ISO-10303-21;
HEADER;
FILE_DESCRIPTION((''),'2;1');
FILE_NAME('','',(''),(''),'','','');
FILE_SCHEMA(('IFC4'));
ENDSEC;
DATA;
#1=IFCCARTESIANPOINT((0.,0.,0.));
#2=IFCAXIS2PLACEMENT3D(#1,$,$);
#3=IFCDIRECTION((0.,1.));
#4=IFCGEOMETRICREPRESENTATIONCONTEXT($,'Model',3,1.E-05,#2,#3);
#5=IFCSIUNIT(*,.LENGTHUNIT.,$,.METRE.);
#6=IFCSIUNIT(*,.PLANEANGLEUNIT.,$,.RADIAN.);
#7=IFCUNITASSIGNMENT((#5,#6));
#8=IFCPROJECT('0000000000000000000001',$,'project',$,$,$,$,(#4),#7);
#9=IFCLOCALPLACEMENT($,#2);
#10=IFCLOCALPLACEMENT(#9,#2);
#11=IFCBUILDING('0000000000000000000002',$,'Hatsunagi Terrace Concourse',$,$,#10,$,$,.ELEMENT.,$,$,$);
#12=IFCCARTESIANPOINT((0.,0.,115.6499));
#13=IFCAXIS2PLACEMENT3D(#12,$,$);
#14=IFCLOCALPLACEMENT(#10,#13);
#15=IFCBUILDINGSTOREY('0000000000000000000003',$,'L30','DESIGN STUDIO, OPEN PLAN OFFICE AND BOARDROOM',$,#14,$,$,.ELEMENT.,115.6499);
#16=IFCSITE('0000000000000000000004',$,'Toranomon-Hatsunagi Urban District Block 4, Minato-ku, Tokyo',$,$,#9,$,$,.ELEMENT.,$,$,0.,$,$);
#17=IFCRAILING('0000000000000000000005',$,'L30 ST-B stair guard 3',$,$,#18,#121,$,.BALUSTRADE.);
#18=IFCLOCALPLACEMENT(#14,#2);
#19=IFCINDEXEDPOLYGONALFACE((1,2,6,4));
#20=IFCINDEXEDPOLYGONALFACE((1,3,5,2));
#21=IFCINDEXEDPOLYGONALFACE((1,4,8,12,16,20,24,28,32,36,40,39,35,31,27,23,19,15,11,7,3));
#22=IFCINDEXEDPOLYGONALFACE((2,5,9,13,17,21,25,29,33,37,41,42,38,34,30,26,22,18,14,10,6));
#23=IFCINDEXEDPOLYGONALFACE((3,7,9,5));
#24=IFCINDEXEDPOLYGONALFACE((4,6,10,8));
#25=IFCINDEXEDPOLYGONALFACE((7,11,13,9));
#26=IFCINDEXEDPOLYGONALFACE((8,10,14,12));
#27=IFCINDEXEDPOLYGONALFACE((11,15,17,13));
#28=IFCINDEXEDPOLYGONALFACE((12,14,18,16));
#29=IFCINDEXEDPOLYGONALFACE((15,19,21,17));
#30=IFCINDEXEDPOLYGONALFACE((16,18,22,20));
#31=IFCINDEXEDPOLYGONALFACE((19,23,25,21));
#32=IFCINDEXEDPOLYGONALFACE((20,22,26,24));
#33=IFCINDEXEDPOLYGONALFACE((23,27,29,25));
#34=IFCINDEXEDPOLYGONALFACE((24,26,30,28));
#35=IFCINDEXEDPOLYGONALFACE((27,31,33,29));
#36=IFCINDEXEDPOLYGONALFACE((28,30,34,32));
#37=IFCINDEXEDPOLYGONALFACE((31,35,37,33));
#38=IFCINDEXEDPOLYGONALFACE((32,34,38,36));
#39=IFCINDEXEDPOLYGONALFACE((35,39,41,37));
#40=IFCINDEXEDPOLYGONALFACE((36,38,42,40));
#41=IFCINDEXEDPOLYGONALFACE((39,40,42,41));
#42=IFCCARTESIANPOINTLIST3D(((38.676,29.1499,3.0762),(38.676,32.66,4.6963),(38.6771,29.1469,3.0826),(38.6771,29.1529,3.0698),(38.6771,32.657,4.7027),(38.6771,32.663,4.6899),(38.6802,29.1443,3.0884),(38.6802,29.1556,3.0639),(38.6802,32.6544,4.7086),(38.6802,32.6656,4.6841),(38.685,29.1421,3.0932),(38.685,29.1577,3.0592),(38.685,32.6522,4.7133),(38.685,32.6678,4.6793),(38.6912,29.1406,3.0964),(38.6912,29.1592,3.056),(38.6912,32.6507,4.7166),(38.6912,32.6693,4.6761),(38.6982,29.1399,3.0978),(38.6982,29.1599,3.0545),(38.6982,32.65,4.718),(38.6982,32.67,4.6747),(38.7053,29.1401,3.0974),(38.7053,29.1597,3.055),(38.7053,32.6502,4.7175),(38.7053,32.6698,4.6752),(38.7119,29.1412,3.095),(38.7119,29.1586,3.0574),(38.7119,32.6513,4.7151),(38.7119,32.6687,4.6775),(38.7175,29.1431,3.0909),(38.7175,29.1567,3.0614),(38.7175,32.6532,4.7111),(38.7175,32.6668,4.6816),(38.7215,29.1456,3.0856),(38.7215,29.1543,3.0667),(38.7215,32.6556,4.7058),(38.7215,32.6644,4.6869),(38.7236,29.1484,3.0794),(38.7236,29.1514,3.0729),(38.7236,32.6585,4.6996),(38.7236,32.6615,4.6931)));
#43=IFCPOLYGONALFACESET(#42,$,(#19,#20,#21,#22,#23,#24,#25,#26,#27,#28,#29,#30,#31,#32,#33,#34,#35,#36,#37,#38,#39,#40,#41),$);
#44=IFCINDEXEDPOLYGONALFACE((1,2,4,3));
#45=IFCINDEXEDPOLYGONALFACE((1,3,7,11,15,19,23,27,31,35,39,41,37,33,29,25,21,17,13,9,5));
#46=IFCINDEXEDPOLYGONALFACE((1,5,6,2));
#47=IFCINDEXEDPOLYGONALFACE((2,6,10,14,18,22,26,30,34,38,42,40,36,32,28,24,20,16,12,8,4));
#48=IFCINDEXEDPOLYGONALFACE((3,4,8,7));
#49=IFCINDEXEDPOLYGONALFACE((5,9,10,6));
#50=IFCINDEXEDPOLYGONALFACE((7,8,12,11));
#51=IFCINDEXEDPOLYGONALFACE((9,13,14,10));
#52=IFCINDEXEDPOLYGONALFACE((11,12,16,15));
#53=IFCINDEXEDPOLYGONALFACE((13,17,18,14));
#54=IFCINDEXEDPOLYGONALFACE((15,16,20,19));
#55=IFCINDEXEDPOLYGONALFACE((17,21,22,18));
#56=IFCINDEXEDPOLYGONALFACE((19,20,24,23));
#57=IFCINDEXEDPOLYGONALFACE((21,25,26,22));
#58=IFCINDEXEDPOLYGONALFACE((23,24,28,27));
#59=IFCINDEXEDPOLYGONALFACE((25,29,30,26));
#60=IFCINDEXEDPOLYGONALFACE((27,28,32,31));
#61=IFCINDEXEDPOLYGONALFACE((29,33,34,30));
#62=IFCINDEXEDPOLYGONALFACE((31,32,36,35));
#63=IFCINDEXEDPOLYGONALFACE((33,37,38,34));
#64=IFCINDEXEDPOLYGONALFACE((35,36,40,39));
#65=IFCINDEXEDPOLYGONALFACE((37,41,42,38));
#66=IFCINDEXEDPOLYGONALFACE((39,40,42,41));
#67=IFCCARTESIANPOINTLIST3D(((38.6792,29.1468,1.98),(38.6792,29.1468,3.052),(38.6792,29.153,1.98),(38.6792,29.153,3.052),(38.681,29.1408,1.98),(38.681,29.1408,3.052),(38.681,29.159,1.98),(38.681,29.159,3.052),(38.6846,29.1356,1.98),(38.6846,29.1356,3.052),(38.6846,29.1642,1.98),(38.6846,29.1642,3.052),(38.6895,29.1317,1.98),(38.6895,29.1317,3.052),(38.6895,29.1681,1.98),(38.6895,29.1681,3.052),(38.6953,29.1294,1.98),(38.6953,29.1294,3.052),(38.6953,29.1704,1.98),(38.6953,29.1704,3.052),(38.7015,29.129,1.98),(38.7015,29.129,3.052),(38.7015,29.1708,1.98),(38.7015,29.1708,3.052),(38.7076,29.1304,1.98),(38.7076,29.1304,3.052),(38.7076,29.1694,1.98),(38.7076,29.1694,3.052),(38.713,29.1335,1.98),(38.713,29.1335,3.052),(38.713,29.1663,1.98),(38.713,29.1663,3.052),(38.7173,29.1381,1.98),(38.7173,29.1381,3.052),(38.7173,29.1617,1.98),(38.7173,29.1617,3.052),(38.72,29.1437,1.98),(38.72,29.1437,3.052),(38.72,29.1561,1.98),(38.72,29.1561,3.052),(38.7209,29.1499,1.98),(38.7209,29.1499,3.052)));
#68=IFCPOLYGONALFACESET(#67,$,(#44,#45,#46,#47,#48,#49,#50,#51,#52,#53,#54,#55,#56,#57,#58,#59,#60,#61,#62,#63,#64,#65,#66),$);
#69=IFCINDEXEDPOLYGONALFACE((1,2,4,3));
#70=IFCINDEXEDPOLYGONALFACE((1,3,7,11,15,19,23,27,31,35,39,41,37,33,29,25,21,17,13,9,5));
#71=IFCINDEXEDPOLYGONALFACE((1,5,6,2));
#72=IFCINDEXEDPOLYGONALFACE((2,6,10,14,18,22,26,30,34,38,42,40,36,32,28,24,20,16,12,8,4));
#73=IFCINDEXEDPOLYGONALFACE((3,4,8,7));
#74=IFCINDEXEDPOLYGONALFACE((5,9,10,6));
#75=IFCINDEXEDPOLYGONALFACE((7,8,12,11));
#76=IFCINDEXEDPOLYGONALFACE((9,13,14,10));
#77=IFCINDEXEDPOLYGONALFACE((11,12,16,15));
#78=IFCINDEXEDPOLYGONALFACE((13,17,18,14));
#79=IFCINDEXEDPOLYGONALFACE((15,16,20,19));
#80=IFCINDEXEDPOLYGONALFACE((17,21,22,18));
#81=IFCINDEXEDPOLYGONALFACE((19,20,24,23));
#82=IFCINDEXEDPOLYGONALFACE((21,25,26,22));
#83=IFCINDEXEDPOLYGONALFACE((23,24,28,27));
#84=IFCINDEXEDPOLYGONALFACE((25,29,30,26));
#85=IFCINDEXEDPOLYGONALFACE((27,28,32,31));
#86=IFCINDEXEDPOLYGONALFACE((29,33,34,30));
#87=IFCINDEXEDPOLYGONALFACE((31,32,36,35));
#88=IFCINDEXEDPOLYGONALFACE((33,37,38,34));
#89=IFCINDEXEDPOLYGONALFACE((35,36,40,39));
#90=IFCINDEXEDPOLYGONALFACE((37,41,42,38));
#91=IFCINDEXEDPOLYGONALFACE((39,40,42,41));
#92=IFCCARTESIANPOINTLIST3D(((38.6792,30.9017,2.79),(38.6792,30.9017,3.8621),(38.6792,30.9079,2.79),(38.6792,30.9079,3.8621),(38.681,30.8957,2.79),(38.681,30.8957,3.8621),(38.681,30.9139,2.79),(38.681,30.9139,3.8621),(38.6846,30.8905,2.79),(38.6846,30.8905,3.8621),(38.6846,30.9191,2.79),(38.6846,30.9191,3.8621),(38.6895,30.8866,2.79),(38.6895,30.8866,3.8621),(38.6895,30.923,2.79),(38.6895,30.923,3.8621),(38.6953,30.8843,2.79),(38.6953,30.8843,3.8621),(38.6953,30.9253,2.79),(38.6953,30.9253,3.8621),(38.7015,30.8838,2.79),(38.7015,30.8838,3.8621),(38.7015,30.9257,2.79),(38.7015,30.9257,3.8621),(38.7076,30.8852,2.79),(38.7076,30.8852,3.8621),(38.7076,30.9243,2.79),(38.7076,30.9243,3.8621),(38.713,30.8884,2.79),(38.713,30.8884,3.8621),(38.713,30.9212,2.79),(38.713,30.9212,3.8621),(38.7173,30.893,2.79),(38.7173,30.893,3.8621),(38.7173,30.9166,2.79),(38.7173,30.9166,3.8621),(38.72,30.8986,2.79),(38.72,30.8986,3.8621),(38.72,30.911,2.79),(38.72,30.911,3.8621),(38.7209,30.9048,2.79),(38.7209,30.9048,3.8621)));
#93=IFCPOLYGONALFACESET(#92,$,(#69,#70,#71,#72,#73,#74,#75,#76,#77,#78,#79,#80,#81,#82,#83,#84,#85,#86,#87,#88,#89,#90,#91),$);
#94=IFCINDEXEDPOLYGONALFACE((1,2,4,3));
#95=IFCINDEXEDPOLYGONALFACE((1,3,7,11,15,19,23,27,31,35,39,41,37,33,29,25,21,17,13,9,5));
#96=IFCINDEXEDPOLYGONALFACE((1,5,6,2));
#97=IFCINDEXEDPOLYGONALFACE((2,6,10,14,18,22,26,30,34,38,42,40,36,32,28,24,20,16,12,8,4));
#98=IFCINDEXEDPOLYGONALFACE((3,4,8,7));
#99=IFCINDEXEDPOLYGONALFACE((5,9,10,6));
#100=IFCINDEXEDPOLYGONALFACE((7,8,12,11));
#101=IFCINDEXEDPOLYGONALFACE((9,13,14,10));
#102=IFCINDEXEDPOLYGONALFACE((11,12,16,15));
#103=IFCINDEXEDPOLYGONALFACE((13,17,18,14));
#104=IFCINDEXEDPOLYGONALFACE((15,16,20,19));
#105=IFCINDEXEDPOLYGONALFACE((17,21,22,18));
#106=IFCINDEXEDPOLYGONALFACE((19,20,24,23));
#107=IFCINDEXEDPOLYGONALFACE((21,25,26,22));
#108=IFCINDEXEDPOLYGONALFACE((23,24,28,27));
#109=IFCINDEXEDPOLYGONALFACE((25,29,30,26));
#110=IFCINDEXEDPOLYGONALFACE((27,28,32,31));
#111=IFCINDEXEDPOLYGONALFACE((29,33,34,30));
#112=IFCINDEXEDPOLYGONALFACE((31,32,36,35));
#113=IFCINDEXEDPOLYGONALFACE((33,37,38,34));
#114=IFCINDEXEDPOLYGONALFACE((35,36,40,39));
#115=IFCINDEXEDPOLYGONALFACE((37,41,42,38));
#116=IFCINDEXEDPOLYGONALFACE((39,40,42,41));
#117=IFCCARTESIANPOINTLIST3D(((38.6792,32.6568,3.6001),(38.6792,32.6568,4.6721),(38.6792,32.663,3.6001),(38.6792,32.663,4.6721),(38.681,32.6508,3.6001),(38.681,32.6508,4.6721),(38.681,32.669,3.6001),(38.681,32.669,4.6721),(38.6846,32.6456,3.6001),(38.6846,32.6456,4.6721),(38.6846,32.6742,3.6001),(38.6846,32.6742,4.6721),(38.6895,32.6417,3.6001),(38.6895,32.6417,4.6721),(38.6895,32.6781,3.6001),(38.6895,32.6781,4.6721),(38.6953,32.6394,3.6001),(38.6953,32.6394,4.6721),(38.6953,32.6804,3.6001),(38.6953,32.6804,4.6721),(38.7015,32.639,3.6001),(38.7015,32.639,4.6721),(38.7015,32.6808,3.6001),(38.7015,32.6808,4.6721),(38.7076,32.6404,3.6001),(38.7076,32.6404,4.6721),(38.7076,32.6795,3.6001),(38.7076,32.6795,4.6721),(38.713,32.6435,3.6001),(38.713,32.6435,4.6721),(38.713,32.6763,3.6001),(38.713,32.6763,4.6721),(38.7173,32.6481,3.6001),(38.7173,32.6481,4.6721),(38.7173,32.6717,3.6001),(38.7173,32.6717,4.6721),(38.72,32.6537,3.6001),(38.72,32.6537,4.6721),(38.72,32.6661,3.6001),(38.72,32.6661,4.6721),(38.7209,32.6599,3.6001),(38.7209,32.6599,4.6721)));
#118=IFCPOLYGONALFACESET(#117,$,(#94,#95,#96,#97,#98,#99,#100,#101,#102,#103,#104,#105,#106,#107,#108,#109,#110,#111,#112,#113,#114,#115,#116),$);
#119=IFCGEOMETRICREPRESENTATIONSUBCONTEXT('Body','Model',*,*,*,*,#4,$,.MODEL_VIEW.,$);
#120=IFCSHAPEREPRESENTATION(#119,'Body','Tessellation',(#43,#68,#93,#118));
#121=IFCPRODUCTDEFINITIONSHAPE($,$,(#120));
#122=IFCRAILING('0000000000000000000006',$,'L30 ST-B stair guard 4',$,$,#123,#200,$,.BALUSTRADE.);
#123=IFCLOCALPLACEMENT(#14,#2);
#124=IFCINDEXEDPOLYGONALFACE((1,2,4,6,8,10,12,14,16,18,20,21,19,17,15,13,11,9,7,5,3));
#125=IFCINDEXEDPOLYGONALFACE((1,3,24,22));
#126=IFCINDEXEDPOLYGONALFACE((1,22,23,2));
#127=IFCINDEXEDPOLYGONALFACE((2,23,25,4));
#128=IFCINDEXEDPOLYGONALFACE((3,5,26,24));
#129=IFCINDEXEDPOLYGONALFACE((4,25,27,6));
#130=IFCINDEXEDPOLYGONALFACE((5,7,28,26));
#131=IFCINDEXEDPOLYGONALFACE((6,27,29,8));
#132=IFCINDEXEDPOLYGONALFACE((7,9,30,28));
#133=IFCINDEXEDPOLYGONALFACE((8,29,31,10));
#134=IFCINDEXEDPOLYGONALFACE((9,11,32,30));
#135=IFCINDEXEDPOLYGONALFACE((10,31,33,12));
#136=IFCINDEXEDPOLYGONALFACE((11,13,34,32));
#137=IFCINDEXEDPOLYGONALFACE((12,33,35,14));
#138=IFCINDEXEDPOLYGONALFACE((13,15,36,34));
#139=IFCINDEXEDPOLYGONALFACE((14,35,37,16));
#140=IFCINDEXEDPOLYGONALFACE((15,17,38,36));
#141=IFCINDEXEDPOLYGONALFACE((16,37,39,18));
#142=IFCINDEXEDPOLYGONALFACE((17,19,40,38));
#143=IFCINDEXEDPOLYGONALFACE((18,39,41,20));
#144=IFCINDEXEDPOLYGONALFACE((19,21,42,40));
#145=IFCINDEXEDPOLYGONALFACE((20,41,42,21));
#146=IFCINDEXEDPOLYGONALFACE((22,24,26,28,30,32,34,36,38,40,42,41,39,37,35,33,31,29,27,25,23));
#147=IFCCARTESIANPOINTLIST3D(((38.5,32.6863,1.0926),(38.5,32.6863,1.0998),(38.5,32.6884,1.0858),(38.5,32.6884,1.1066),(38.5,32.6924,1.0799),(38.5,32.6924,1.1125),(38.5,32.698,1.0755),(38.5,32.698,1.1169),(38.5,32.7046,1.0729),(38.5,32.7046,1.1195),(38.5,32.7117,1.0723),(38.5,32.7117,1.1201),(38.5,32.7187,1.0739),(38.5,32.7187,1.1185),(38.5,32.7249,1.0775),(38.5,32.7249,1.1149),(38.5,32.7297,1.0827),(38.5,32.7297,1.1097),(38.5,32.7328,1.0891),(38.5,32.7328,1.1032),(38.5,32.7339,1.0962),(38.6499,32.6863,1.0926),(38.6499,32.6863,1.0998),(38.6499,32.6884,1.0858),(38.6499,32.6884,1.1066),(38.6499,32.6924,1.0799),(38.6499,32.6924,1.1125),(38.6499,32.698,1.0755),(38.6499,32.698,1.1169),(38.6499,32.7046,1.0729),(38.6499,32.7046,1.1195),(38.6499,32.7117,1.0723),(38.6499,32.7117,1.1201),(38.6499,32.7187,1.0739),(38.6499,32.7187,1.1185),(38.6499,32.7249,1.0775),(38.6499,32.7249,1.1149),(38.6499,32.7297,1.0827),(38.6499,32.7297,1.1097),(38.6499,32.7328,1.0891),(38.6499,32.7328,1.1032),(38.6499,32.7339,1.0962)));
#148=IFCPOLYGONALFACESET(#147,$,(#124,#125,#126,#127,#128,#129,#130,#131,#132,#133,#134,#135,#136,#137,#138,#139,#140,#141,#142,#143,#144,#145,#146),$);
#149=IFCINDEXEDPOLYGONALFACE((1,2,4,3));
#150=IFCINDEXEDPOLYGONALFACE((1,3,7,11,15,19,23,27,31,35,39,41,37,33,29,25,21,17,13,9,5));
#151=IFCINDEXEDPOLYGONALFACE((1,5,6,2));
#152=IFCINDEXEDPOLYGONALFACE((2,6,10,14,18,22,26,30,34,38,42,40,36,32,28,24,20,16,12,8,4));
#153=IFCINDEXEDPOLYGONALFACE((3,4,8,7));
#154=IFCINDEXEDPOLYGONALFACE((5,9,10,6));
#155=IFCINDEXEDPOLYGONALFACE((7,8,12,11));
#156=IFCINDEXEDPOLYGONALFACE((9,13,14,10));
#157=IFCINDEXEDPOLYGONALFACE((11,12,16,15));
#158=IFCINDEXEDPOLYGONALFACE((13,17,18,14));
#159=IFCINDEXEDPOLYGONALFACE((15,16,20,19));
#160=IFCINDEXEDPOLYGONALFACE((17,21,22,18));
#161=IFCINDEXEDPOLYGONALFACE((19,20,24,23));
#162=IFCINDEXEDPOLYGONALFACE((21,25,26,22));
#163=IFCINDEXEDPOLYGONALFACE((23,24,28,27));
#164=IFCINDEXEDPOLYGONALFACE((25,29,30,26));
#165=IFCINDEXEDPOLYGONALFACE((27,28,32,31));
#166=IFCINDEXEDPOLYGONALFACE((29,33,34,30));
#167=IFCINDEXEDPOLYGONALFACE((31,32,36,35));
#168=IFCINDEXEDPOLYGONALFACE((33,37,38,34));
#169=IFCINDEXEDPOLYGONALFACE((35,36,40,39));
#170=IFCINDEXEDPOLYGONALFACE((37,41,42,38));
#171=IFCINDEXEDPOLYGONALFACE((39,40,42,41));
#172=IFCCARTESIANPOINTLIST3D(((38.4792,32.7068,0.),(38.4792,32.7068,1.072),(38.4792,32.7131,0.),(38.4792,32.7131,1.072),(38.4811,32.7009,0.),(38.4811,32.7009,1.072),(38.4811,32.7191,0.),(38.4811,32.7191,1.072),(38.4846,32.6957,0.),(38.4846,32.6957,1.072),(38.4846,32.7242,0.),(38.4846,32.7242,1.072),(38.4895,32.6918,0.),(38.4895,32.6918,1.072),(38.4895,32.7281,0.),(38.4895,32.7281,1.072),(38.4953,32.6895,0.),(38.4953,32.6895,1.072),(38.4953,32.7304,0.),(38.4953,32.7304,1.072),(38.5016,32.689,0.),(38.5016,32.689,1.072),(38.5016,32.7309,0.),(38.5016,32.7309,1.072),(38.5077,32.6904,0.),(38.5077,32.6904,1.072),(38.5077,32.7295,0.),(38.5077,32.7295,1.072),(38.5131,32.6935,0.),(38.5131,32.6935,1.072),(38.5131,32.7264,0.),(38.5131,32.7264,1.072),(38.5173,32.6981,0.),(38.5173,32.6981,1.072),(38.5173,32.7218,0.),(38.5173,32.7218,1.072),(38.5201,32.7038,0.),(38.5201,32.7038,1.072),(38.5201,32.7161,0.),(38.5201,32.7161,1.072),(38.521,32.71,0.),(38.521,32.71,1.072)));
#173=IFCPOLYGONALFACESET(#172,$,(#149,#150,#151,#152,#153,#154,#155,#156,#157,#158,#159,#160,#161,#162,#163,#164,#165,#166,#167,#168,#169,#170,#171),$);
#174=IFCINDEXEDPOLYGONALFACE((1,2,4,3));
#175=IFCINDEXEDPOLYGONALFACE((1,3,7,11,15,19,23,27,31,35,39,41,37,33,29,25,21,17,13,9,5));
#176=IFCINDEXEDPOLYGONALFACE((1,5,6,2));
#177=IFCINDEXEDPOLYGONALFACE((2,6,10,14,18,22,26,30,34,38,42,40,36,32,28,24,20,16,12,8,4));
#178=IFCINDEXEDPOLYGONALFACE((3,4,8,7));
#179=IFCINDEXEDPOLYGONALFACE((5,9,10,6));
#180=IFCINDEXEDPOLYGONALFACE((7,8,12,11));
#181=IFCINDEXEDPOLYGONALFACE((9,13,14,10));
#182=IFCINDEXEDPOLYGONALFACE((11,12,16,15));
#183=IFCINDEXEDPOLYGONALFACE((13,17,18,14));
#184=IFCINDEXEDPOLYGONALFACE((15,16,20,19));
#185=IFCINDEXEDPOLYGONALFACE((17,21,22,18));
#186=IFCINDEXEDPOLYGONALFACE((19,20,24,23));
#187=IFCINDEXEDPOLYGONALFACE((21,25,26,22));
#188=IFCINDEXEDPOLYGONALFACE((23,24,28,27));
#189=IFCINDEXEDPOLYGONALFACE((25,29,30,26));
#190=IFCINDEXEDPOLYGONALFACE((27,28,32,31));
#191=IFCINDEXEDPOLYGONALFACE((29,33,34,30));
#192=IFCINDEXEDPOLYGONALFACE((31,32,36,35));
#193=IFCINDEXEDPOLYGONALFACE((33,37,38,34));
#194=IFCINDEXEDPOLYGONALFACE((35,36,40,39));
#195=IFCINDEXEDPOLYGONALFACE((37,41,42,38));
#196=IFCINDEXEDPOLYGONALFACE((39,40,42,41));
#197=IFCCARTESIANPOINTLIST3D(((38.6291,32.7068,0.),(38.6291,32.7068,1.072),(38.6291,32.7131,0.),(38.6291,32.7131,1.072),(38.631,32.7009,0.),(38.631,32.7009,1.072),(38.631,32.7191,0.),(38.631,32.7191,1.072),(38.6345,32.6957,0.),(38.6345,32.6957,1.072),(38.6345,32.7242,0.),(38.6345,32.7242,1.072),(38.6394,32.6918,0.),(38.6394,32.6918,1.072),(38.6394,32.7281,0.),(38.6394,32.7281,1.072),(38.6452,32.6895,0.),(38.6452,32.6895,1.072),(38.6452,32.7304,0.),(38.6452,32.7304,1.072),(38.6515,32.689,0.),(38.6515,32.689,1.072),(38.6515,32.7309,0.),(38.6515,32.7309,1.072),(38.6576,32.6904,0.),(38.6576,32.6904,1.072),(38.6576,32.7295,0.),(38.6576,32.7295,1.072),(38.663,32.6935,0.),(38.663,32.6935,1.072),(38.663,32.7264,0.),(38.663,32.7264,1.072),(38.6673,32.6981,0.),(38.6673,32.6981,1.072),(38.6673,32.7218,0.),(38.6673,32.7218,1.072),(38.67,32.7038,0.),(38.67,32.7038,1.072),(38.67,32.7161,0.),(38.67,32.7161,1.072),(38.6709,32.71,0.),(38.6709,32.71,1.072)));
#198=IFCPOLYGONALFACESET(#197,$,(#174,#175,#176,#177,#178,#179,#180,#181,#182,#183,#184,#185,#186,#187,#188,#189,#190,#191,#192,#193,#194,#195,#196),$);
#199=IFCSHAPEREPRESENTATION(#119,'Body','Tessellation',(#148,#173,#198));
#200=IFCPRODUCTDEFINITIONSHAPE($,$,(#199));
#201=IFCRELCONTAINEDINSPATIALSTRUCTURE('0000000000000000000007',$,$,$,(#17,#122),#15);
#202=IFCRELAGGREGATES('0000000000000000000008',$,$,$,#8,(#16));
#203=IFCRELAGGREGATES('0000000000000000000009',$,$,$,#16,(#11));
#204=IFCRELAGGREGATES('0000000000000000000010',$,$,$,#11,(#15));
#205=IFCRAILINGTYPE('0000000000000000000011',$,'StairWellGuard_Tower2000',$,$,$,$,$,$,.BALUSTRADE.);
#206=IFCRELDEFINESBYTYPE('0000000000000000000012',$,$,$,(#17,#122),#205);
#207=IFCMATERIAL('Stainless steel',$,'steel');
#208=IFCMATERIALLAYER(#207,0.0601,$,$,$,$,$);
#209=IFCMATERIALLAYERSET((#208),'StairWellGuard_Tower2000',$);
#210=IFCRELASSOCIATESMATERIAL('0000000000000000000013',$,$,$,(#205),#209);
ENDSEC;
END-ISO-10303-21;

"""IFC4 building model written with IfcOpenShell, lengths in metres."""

from ifc_helpers import new_model, si_unit, direction, frame, origin, origin_2d, place, context, subcontext, project, spatial, circle, extrude, material, layer, layer_set, type_object, element, save


model = new_model("IFC4")

# Units and contexts
model_context = context("Model", 3, precision=1e-05, world=origin(), true_north=direction((0.0, 1.0)))
body_context = subcontext(model_context, "Body", "Model", "MODEL_VIEW")
ifc_project = project(units=[si_unit("LENGTHUNIT", "METRE"), si_unit("PLANEANGLEUNIT", "RADIAN")], contexts=[model_context])

# Site, building, storey
site_placement = place(None, origin())
site = spatial("IfcSite", under=ifc_project, at=site_placement, Name="Toranomon-Hatsunagi Urban District Block 4, Minato-ku, Tokyo", CompositionType="ELEMENT", RefElevation=0.0)
building_placement = place(site_placement, origin())
building = spatial("IfcBuilding", under=site, at=building_placement, Name="Hatsunagi Terrace Concourse", CompositionType="ELEMENT")
storey_placement = place(building_placement, frame((0.0, 0.0, 115.6499)))
storey = spatial("IfcBuildingStorey", under=building, at=storey_placement, Name="L30", Description="DESIGN STUDIO, OPEN PLAN OFFICE AND BOARDROOM", CompositionType="ELEMENT", Elevation=115.6499)

# Railings
ifc_material_1 = material(Name="Stainless steel", Category="steel")
ifc_layer_1 = layer(ifc_material_1, 0.0601)
ifc_layer_set_1 = layer_set([ifc_layer_1], Name="StairWellGuard_Tower2000")
railing_type_1 = type_object("IfcRailingType", Name="StairWellGuard_Tower2000", PredefinedType="BALUSTRADE", material=ifc_layer_set_1)
railing_1_placement = place(storey_placement, frame((38.7, 29.1499, 1.98)))
element("IfcRailing", 1, at=railing_1_placement, inside=storey, type_object=railing_type_1, Name="L30 ST-B stair guard 3", PredefinedType="BALUSTRADE", context=body_context, shape_type="SweptSolid", body=[
    extrude(circle(Radius=0.0239, at=origin_2d()), frame((0.0, 0.0, 1.0962), z_axis=(0.0, 0.907948, 0.419082), x_axis=(-1.0, 0.0, 0.0)), (0.0, 0.0, 1.0), 3.866),
    extrude(circle(Radius=0.021, at=origin_2d()), origin(), (0.0, 0.0, 1.0), 1.072),
    extrude(circle(Radius=0.021, at=origin_2d()), frame((0.0, 1.7549, 0.8101)), (0.0, 0.0, 1.0), 1.072),
    extrude(circle(Radius=0.021, at=origin_2d()), frame((0.0, 3.51, 1.6201)), (0.0, 0.0, 1.0), 1.072),
])
railing_2_placement = place(storey_placement, frame((38.5, 32.71, 0.0)))
element("IfcRailing", 2, at=railing_2_placement, inside=storey, type_object=railing_type_1, Name="L30 ST-B stair guard 4", PredefinedType="BALUSTRADE", context=body_context, shape_type="SweptSolid", body=[
    extrude(circle(Radius=0.0239, at=origin_2d()), frame((0.0, 0.0, 1.0962), z_axis=(1.0, 0.0, 0.0), x_axis=(0.0, 1.0, 0.0)), (0.0, 0.0, 1.0), 0.1499),
    extrude(circle(Radius=0.021, at=origin_2d()), origin(), (0.0, 0.0, 1.0), 1.072),
    extrude(circle(Radius=0.021, at=origin_2d()), frame((0.1499, 0.0, 0.0)), (0.0, 0.0, 1.0), 1.072),
])

save(model, "model.ifc")
